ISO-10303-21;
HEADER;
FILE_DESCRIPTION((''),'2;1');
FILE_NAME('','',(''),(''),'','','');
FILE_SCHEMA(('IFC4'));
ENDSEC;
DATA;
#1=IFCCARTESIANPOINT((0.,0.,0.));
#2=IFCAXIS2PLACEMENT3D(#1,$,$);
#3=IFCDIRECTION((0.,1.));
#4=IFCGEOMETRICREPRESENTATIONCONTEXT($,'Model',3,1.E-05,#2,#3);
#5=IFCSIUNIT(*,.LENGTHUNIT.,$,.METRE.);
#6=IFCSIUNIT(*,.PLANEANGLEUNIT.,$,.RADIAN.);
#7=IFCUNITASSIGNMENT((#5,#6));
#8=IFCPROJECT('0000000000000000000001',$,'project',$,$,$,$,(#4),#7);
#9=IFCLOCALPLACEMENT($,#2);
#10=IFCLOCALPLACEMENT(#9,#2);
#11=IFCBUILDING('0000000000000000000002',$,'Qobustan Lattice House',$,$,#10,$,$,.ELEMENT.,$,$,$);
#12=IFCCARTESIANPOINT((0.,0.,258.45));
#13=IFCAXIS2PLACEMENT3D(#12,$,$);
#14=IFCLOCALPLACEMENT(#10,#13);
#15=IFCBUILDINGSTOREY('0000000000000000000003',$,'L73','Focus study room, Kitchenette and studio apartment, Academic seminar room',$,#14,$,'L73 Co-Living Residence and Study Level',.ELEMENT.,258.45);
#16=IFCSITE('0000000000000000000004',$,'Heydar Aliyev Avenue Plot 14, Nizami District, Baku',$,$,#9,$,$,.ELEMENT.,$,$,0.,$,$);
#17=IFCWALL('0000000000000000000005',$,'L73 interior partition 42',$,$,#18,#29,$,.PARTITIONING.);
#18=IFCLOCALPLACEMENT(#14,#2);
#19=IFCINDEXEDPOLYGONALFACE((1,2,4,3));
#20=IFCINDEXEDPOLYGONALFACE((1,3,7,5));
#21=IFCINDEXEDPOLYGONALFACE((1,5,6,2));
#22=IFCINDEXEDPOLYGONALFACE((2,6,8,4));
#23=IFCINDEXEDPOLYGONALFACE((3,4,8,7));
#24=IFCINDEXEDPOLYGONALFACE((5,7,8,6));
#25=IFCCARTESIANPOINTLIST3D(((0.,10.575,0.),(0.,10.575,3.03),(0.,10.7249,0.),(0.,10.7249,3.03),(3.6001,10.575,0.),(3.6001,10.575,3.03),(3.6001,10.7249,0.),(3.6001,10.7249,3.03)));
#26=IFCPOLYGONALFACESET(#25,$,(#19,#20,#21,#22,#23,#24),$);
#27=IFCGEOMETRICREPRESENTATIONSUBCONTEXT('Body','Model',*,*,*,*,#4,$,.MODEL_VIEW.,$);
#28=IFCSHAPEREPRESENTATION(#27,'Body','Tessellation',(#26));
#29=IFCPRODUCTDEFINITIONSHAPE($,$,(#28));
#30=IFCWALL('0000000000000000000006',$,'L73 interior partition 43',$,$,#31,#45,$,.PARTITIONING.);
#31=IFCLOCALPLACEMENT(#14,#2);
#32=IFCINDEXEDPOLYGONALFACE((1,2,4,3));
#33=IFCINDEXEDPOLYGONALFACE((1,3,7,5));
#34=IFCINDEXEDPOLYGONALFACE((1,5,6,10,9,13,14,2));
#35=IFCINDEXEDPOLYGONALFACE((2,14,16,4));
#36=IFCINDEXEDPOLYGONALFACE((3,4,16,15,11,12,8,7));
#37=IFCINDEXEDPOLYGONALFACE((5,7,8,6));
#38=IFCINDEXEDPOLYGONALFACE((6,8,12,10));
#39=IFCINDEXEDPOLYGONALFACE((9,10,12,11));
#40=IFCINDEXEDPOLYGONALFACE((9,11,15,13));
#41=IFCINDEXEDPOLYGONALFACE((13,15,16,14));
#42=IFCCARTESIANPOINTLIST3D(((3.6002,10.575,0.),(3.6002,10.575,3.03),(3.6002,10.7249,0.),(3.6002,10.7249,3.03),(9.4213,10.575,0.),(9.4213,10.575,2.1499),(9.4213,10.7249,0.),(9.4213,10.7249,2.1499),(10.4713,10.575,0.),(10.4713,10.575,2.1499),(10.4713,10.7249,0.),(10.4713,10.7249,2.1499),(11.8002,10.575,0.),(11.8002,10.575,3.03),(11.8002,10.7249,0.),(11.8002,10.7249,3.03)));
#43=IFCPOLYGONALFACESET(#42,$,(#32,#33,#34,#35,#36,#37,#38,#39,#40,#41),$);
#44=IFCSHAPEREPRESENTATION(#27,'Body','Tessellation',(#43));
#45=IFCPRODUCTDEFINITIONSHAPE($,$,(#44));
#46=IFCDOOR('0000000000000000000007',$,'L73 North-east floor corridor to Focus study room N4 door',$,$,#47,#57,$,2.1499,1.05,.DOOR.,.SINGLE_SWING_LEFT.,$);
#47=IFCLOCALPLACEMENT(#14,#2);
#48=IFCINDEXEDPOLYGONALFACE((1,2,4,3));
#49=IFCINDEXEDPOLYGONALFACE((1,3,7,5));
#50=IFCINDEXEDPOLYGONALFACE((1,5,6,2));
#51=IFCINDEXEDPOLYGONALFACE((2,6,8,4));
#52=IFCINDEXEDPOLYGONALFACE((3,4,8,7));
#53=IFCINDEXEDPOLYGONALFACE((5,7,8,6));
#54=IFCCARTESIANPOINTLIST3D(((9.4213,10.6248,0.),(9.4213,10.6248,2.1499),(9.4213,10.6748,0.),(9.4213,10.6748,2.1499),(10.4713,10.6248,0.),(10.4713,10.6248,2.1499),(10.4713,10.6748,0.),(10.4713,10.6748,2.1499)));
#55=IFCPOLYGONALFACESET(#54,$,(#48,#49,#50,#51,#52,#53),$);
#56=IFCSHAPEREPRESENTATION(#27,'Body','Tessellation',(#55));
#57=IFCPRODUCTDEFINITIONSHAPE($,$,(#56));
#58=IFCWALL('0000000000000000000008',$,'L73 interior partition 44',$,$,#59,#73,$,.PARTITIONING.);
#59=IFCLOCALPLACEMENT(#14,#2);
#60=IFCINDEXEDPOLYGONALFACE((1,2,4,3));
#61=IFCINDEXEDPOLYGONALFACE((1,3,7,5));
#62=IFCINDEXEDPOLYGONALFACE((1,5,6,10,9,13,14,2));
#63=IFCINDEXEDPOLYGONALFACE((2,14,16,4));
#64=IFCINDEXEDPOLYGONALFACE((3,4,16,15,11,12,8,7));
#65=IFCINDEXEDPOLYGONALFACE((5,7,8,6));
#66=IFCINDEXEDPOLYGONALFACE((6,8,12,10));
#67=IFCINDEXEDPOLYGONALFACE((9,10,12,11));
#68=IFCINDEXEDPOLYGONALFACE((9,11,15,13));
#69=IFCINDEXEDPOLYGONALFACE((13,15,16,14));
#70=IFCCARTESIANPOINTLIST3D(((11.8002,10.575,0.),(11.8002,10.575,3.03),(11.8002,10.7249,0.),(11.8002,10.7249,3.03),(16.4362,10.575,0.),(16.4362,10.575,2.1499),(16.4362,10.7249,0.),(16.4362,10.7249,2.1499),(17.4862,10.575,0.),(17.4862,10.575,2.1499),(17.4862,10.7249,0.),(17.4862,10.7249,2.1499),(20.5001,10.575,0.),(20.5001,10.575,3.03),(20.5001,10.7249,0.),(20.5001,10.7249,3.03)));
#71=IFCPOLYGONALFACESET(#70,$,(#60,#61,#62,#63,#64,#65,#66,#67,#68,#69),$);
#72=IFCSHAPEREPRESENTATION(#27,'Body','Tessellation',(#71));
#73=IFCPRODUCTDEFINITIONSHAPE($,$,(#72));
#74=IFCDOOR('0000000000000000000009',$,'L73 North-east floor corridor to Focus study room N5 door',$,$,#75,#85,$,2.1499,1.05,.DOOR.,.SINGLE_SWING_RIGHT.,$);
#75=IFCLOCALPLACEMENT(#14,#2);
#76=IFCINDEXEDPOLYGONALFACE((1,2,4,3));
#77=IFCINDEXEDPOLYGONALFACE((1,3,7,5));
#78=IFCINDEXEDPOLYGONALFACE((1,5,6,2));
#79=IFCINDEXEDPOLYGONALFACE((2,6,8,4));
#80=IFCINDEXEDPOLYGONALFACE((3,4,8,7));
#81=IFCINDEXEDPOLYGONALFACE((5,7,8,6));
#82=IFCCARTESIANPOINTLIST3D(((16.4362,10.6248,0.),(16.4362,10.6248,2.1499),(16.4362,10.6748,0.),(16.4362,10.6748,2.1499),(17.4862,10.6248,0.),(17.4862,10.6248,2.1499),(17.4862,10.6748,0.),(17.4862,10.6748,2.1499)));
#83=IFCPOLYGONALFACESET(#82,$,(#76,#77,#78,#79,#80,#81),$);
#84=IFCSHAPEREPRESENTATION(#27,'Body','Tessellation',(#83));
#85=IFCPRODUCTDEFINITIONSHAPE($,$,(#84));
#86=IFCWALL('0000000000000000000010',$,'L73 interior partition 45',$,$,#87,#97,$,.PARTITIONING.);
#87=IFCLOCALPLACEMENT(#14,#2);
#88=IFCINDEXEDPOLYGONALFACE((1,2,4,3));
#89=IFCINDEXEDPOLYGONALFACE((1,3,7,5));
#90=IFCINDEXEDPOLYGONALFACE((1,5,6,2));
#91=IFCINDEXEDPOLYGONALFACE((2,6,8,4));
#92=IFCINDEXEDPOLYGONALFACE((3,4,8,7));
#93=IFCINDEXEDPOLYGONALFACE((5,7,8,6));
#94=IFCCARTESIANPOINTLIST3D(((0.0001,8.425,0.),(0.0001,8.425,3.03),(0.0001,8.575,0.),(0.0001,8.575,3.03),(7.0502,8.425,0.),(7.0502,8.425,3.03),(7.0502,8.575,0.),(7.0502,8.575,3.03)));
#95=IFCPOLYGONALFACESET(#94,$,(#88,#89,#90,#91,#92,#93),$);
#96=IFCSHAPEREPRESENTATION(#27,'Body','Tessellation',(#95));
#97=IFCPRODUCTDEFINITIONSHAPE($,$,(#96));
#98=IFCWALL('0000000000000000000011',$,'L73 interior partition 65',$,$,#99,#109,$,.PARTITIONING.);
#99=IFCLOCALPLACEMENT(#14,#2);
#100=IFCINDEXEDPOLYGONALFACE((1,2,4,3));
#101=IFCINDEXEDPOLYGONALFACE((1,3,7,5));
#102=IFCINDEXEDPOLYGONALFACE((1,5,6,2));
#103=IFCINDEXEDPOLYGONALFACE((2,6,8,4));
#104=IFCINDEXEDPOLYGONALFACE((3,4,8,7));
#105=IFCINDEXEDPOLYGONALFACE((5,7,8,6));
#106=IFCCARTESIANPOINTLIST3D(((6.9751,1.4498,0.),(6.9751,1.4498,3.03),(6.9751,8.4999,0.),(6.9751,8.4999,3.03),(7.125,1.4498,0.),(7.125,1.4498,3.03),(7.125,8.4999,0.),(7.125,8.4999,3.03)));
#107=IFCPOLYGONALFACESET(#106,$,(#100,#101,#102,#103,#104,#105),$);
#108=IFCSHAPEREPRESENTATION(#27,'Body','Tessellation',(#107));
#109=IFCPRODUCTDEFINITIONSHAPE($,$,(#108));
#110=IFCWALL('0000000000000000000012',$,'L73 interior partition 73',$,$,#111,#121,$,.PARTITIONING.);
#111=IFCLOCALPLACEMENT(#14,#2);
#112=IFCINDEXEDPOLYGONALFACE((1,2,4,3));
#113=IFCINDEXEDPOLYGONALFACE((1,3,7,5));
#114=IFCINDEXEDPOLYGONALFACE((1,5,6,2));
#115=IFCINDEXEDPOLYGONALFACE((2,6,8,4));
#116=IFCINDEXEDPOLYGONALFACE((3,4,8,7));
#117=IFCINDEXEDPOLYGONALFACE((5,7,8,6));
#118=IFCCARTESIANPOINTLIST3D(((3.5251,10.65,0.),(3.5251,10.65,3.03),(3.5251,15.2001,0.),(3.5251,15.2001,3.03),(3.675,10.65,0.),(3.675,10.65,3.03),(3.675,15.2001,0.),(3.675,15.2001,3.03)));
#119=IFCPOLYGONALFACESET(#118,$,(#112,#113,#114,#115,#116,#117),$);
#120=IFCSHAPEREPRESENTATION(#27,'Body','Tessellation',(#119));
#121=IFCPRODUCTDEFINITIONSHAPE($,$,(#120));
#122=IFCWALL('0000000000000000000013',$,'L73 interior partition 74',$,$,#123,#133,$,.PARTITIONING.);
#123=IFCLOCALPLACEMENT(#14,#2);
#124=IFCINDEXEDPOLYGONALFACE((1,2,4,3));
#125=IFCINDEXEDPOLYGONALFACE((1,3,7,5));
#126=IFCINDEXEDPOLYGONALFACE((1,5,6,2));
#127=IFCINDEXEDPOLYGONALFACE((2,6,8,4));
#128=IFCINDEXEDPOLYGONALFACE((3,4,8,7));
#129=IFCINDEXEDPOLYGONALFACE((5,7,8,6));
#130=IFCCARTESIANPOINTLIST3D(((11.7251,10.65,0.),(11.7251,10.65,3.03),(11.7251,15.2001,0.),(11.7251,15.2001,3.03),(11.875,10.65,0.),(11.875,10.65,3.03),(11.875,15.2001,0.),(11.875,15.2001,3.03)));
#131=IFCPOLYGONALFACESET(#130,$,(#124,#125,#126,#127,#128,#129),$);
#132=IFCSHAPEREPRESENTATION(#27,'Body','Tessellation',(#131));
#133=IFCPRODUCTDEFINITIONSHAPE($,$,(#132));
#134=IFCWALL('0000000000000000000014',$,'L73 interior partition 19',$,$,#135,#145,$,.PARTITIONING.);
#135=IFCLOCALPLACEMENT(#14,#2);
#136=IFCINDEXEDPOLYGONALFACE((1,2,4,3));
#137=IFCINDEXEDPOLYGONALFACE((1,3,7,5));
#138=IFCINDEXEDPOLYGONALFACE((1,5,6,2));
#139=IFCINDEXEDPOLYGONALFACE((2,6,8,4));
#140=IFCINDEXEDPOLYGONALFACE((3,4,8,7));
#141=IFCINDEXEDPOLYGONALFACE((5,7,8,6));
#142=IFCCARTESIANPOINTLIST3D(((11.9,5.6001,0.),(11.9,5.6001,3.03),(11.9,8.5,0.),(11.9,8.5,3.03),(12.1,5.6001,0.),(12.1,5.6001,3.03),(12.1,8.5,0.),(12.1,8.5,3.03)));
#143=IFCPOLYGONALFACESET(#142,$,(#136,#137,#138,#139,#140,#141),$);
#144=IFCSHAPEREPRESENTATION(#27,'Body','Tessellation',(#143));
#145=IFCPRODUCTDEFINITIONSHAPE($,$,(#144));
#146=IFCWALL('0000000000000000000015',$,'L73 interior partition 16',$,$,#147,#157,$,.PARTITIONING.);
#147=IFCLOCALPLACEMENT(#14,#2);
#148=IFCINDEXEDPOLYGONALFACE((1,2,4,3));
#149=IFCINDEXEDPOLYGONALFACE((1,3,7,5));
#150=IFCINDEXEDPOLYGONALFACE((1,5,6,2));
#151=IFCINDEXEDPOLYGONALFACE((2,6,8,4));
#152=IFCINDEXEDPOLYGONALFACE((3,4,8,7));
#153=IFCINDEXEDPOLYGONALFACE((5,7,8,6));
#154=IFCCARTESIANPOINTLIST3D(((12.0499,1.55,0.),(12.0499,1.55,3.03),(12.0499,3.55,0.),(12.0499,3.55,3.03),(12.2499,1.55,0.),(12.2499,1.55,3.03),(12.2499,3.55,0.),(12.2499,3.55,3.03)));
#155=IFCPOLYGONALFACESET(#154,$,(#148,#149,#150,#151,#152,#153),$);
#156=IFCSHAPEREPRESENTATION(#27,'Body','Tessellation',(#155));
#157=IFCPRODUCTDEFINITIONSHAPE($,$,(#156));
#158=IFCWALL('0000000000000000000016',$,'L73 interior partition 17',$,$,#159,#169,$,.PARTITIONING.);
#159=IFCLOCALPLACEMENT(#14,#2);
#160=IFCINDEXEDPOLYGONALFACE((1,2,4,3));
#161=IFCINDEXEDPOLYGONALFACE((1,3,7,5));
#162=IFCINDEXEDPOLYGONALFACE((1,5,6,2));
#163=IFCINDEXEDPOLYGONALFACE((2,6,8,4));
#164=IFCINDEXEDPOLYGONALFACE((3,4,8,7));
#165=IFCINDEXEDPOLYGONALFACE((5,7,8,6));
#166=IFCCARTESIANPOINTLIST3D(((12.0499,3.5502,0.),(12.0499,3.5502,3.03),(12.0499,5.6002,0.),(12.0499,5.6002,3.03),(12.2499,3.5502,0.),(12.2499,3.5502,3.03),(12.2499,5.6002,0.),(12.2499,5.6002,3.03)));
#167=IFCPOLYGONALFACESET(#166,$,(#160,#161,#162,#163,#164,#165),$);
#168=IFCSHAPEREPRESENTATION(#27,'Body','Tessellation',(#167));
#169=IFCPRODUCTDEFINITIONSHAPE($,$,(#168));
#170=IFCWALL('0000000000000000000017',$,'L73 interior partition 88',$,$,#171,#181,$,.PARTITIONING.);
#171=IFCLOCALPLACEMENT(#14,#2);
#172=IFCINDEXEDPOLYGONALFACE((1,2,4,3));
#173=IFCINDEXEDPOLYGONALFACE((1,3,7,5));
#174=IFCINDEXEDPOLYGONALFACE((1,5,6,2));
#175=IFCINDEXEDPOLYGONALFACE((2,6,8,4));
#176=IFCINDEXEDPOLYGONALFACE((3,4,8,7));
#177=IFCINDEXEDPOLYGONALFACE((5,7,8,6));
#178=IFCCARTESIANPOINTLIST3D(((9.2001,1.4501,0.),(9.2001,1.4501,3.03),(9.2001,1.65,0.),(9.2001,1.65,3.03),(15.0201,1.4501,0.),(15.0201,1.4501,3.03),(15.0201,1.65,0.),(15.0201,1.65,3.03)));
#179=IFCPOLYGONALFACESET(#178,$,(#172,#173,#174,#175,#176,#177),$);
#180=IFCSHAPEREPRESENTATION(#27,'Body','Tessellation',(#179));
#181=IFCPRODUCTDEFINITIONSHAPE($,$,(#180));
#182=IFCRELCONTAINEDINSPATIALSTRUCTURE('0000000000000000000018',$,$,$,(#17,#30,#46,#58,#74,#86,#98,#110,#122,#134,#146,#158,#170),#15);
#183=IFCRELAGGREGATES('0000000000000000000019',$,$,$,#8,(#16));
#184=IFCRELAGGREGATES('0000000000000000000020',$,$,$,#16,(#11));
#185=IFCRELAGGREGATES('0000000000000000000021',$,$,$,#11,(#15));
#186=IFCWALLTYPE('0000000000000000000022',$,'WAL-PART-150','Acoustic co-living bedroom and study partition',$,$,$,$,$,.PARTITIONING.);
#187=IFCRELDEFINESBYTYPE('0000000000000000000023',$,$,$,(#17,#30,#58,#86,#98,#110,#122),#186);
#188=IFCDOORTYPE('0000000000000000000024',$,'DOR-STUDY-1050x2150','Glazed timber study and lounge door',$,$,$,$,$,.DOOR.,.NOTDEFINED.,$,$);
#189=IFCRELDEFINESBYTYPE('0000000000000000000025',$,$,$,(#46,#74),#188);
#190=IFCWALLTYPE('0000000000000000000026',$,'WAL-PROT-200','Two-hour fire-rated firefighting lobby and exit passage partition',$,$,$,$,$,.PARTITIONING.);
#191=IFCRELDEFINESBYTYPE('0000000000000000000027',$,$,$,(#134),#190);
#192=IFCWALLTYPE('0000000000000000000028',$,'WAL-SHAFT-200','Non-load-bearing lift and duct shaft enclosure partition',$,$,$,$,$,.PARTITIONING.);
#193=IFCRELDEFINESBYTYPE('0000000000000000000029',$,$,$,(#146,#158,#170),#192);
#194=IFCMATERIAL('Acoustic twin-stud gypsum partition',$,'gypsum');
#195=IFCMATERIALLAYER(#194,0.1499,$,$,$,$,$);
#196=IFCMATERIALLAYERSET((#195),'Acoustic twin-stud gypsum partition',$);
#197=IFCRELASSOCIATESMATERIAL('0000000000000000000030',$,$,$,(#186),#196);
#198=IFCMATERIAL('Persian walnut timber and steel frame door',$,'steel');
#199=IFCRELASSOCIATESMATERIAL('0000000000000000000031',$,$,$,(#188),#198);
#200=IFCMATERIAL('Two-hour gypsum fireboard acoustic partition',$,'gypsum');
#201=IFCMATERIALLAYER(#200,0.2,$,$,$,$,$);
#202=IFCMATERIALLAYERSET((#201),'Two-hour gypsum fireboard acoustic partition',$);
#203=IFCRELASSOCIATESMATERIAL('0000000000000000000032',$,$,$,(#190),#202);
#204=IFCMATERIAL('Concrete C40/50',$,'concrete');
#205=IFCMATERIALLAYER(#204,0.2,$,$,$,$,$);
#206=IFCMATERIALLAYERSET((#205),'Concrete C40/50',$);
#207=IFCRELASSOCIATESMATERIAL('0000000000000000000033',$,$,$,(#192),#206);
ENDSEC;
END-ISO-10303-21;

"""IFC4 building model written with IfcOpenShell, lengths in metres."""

from ifc_helpers import new_model, si_unit, direction, frame, frame_2d, origin, place, context, subcontext, project, spatial, rectangle, extrude, material, layer, layer_set, type_object, element, fill, save


model = new_model("IFC4")

# Units and contexts
model_context = context("Model", 3, precision=1e-05, world=origin(), true_north=direction((0.0, 1.0)))
body_context = subcontext(model_context, "Body", "Model", "MODEL_VIEW")
ifc_project = project(units=[si_unit("LENGTHUNIT", "METRE"), si_unit("PLANEANGLEUNIT", "RADIAN")], contexts=[model_context])

# Site, building, storey
site_placement = place(None, origin())
site = spatial("IfcSite", under=ifc_project, at=site_placement, Name="Heydar Aliyev Avenue Plot 14, Nizami District, Baku", CompositionType="ELEMENT", RefElevation=0.0)
building_placement = place(site_placement, origin())
building = spatial("IfcBuilding", under=site, at=building_placement, Name="Qobustan Lattice House", CompositionType="ELEMENT")
storey_placement = place(building_placement, frame((0.0, 0.0, 258.45)))
storey = spatial("IfcBuildingStorey", under=building, at=storey_placement, Name="L73", Description="Focus study room, Kitchenette and studio apartment, Academic seminar room", LongName="L73 Co-Living Residence and Study Level", CompositionType="ELEMENT", Elevation=258.45)

# Shared definitions
ifc_material_1 = material(Name="Acoustic twin-stud gypsum partition", Category="gypsum")
ifc_layer_1 = layer(ifc_material_1, 0.1499)
ifc_layer_set_1 = layer_set([ifc_layer_1], Name="Acoustic twin-stud gypsum partition")
wall_type_1 = type_object("IfcWallType", Name="WAL-PART-150", Description="Acoustic co-living bedroom and study partition", PredefinedType="PARTITIONING", material=ifc_layer_set_1)
ifc_material_2 = material(Name="Persian walnut timber and steel frame door", Category="steel")
door_type_1 = type_object("IfcDoorType", Name="DOR-STUDY-1050x2150", Description="Glazed timber study and lounge door", OperationType="NOTDEFINED", PredefinedType="DOOR", material=ifc_material_2)

# Wall
wall_1_placement = place(storey_placement, frame((0.0, 10.6499, 0.0), z_axis=(0.0, 0.0, 1.0), x_axis=(1.0, 0.0, 0.0)))
element("IfcWall", 1, at=wall_1_placement, inside=storey, type_object=wall_type_1, Name="L73 interior partition 42", PredefinedType="PARTITIONING", context=body_context, shape_type="SweptSolid", body=[
    extrude(rectangle(XDim=3.6001, YDim=0.1499, at=frame_2d((1.8, 0.0))), origin(), (0.0, 0.0, 1.0), 3.03),
])

# Walls, openings, doors
wall_2_placement = place(storey_placement, frame((3.6001, 10.6499, 0.0), z_axis=(0.0, 0.0, 1.0), x_axis=(1.0, 0.0, 0.0)))
wall_2 = element("IfcWall", 2, at=wall_2_placement, inside=storey, type_object=wall_type_1, Name="L73 interior partition 43", PredefinedType="PARTITIONING", context=body_context, shape_type="SweptSolid", body=[
    extrude(rectangle(XDim=8.2, YDim=0.1499, at=frame_2d((4.1001, 0.0))), origin(), (0.0, 0.0, 1.0), 3.03),
])
opening_1_placement = place(wall_2_placement, frame((5.8213, 0.0, 0.0)))
opening_1 = element("IfcOpeningElement", 3, at=opening_1_placement, cuts=wall_2, PredefinedType="OPENING", context=body_context, shape_type="SweptSolid", body=[
    extrude(rectangle(XDim=1.05, YDim=2.1499, at=frame_2d((0.5249, 1.075))), frame((0.0, 0.085, 0.0), z_axis=(0.0, -1.0, 0.0), x_axis=(1.0, 0.0, 0.0)), (0.0, 0.0, 1.0), 0.1699),
])
door_1_placement = place(opening_1_placement, origin())
door_1 = element("IfcDoor", 4, at=door_1_placement, inside=storey, type_object=door_type_1, Name="L73 North-east floor corridor to Focus study room N4 door", OperationType="SINGLE_SWING_LEFT", OverallHeight=2.1499, OverallWidth=1.05, PredefinedType="DOOR", context=body_context, shape_type="SweptSolid", body=[
    extrude(rectangle(XDim=1.05, YDim=2.1499, at=frame_2d((0.5249, 1.075))), frame((0.0, 0.0249, 0.0), z_axis=(0.0, -1.0, 0.0), x_axis=(1.0, 0.0, 0.0)), (0.0, 0.0, 1.0), 0.05),
])
fill(opening_1, door_1)
wall_3_placement = place(storey_placement, frame((11.8, 10.6499, 0.0), z_axis=(0.0, 0.0, 1.0), x_axis=(1.0, 0.0, 0.0)))
wall_3 = element("IfcWall", 5, at=wall_3_placement, inside=storey, type_object=wall_type_1, Name="L73 interior partition 44", PredefinedType="PARTITIONING", context=body_context, shape_type="SweptSolid", body=[
    extrude(rectangle(XDim=8.7, YDim=0.1499, at=frame_2d((4.3501, 0.0))), origin(), (0.0, 0.0, 1.0), 3.03),
])
opening_2_placement = place(wall_3_placement, frame((4.6362, 0.0, 0.0)))
opening_2 = element("IfcOpeningElement", 6, at=opening_2_placement, cuts=wall_3, PredefinedType="OPENING", context=body_context, shape_type="SweptSolid", body=[
    extrude(rectangle(XDim=1.05, YDim=2.1499, at=frame_2d((0.5249, 1.075))), frame((0.0, 0.085, 0.0), z_axis=(0.0, -1.0, 0.0), x_axis=(1.0, 0.0, 0.0)), (0.0, 0.0, 1.0), 0.1699),
])
door_2_placement = place(opening_2_placement, origin())
door_2 = element("IfcDoor", 7, at=door_2_placement, inside=storey, type_object=door_type_1, Name="L73 North-east floor corridor to Focus study room N5 door", OperationType="SINGLE_SWING_RIGHT", OverallHeight=2.1499, OverallWidth=1.05, PredefinedType="DOOR", context=body_context, shape_type="SweptSolid", body=[
    extrude(rectangle(XDim=1.05, YDim=2.1499, at=frame_2d((0.5249, 1.075))), frame((0.0, 0.0249, 0.0), z_axis=(0.0, -1.0, 0.0), x_axis=(1.0, 0.0, 0.0)), (0.0, 0.0, 1.0), 0.05),
])
fill(opening_2, door_2)

# Walls
for number, where, z_axis, x_axis, name in (
    (8, (7.05, 8.5, 0.0), (0.0, 0.0, 1.0), (-1.0, 0.0, 0.0), "L73 interior partition 45"),
    (9, (7.05, 1.45, 0.0), (0.0, 0.0, 1.0), (0.0, 1.0, 0.0), "L73 interior partition 65"),
):
    element("IfcWall", number, at=place(storey_placement, frame(where, z_axis=z_axis, x_axis=x_axis)), inside=storey, type_object=wall_type_1, Name=name, PredefinedType="PARTITIONING", context=body_context, shape_type="SweptSolid", body=[
        extrude(rectangle(XDim=7.05, YDim=0.1499, at=frame_2d((3.5249, 0.0))), origin(), (0.0, 0.0, 1.0), 3.03),
    ])
for number, where, z_axis, x_axis, name in (
    (10, (3.6001, 15.2, 0.0), (0.0, 0.0, 1.0), (0.0, -1.0, 0.0), "L73 interior partition 73"),
    (11, (11.8, 15.2, 0.0), (0.0, 0.0, 1.0), (0.0, -1.0, 0.0), "L73 interior partition 74"),
):
    element("IfcWall", number, at=place(storey_placement, frame(where, z_axis=z_axis, x_axis=x_axis)), inside=storey, type_object=wall_type_1, Name=name, PredefinedType="PARTITIONING", context=body_context, shape_type="SweptSolid", body=[
        extrude(rectangle(XDim=4.55, YDim=0.1499, at=frame_2d((2.2749, 0.0))), origin(), (0.0, 0.0, 1.0), 3.03),
    ])
ifc_material_3 = material(Name="Two-hour gypsum fireboard acoustic partition", Category="gypsum")
ifc_layer_2 = layer(ifc_material_3, 0.2)
ifc_layer_set_2 = layer_set([ifc_layer_2], Name="Two-hour gypsum fireboard acoustic partition")
wall_type_2 = type_object("IfcWallType", Name="WAL-PROT-200", Description="Two-hour fire-rated firefighting lobby and exit passage partition", PredefinedType="PARTITIONING", material=ifc_layer_set_2)
wall_4_placement = place(storey_placement, frame((12.0, 8.5, 0.0), z_axis=(0.0, 0.0, 1.0), x_axis=(0.0, -1.0, 0.0)))
element("IfcWall", 12, at=wall_4_placement, inside=storey, type_object=wall_type_2, Name="L73 interior partition 19", PredefinedType="PARTITIONING", context=body_context, shape_type="SweptSolid", body=[
    extrude(rectangle(XDim=2.8999, YDim=0.2, at=frame_2d((1.45, 0.0))), origin(), (0.0, 0.0, 1.0), 3.03),
])
ifc_material_4 = material(Name="Concrete C40/50", Category="concrete")
ifc_layer_3 = layer(ifc_material_4, 0.2)
ifc_layer_set_3 = layer_set([ifc_layer_3], Name="Concrete C40/50")
wall_type_3 = type_object("IfcWallType", Name="WAL-SHAFT-200", Description="Non-load-bearing lift and duct shaft enclosure partition", PredefinedType="PARTITIONING", material=ifc_layer_set_3)
wall_5_placement = place(storey_placement, frame((12.1499, 3.55, 0.0), z_axis=(0.0, 0.0, 1.0), x_axis=(0.0, -1.0, 0.0)))
element("IfcWall", 13, at=wall_5_placement, inside=storey, type_object=wall_type_3, Name="L73 interior partition 16", PredefinedType="PARTITIONING", context=body_context, shape_type="SweptSolid", body=[
    extrude(rectangle(XDim=2.0, YDim=0.2, at=frame_2d((1.0, 0.0))), origin(), (0.0, 0.0, 1.0), 3.03),
])
wall_6_placement = place(storey_placement, frame((12.1499, 5.6001, 0.0), z_axis=(0.0, 0.0, 1.0), x_axis=(0.0, -1.0, 0.0)))
element("IfcWall", 14, at=wall_6_placement, inside=storey, type_object=wall_type_3, Name="L73 interior partition 17", PredefinedType="PARTITIONING", context=body_context, shape_type="SweptSolid", body=[
    extrude(rectangle(XDim=2.05, YDim=0.2, at=frame_2d((1.0249, 0.0))), origin(), (0.0, 0.0, 1.0), 3.03),
])
wall_7_placement = place(storey_placement, frame((9.2, 1.55, 0.0), z_axis=(0.0, 0.0, 1.0), x_axis=(1.0, 0.0, 0.0)))
element("IfcWall", 15, at=wall_7_placement, inside=storey, type_object=wall_type_3, Name="L73 interior partition 88", PredefinedType="PARTITIONING", context=body_context, shape_type="SweptSolid", body=[
    extrude(rectangle(XDim=5.8201, YDim=0.2, at=frame_2d((2.9102, 0.0))), origin(), (0.0, 0.0, 1.0), 3.03),
])

save(model, "model.ifc")
